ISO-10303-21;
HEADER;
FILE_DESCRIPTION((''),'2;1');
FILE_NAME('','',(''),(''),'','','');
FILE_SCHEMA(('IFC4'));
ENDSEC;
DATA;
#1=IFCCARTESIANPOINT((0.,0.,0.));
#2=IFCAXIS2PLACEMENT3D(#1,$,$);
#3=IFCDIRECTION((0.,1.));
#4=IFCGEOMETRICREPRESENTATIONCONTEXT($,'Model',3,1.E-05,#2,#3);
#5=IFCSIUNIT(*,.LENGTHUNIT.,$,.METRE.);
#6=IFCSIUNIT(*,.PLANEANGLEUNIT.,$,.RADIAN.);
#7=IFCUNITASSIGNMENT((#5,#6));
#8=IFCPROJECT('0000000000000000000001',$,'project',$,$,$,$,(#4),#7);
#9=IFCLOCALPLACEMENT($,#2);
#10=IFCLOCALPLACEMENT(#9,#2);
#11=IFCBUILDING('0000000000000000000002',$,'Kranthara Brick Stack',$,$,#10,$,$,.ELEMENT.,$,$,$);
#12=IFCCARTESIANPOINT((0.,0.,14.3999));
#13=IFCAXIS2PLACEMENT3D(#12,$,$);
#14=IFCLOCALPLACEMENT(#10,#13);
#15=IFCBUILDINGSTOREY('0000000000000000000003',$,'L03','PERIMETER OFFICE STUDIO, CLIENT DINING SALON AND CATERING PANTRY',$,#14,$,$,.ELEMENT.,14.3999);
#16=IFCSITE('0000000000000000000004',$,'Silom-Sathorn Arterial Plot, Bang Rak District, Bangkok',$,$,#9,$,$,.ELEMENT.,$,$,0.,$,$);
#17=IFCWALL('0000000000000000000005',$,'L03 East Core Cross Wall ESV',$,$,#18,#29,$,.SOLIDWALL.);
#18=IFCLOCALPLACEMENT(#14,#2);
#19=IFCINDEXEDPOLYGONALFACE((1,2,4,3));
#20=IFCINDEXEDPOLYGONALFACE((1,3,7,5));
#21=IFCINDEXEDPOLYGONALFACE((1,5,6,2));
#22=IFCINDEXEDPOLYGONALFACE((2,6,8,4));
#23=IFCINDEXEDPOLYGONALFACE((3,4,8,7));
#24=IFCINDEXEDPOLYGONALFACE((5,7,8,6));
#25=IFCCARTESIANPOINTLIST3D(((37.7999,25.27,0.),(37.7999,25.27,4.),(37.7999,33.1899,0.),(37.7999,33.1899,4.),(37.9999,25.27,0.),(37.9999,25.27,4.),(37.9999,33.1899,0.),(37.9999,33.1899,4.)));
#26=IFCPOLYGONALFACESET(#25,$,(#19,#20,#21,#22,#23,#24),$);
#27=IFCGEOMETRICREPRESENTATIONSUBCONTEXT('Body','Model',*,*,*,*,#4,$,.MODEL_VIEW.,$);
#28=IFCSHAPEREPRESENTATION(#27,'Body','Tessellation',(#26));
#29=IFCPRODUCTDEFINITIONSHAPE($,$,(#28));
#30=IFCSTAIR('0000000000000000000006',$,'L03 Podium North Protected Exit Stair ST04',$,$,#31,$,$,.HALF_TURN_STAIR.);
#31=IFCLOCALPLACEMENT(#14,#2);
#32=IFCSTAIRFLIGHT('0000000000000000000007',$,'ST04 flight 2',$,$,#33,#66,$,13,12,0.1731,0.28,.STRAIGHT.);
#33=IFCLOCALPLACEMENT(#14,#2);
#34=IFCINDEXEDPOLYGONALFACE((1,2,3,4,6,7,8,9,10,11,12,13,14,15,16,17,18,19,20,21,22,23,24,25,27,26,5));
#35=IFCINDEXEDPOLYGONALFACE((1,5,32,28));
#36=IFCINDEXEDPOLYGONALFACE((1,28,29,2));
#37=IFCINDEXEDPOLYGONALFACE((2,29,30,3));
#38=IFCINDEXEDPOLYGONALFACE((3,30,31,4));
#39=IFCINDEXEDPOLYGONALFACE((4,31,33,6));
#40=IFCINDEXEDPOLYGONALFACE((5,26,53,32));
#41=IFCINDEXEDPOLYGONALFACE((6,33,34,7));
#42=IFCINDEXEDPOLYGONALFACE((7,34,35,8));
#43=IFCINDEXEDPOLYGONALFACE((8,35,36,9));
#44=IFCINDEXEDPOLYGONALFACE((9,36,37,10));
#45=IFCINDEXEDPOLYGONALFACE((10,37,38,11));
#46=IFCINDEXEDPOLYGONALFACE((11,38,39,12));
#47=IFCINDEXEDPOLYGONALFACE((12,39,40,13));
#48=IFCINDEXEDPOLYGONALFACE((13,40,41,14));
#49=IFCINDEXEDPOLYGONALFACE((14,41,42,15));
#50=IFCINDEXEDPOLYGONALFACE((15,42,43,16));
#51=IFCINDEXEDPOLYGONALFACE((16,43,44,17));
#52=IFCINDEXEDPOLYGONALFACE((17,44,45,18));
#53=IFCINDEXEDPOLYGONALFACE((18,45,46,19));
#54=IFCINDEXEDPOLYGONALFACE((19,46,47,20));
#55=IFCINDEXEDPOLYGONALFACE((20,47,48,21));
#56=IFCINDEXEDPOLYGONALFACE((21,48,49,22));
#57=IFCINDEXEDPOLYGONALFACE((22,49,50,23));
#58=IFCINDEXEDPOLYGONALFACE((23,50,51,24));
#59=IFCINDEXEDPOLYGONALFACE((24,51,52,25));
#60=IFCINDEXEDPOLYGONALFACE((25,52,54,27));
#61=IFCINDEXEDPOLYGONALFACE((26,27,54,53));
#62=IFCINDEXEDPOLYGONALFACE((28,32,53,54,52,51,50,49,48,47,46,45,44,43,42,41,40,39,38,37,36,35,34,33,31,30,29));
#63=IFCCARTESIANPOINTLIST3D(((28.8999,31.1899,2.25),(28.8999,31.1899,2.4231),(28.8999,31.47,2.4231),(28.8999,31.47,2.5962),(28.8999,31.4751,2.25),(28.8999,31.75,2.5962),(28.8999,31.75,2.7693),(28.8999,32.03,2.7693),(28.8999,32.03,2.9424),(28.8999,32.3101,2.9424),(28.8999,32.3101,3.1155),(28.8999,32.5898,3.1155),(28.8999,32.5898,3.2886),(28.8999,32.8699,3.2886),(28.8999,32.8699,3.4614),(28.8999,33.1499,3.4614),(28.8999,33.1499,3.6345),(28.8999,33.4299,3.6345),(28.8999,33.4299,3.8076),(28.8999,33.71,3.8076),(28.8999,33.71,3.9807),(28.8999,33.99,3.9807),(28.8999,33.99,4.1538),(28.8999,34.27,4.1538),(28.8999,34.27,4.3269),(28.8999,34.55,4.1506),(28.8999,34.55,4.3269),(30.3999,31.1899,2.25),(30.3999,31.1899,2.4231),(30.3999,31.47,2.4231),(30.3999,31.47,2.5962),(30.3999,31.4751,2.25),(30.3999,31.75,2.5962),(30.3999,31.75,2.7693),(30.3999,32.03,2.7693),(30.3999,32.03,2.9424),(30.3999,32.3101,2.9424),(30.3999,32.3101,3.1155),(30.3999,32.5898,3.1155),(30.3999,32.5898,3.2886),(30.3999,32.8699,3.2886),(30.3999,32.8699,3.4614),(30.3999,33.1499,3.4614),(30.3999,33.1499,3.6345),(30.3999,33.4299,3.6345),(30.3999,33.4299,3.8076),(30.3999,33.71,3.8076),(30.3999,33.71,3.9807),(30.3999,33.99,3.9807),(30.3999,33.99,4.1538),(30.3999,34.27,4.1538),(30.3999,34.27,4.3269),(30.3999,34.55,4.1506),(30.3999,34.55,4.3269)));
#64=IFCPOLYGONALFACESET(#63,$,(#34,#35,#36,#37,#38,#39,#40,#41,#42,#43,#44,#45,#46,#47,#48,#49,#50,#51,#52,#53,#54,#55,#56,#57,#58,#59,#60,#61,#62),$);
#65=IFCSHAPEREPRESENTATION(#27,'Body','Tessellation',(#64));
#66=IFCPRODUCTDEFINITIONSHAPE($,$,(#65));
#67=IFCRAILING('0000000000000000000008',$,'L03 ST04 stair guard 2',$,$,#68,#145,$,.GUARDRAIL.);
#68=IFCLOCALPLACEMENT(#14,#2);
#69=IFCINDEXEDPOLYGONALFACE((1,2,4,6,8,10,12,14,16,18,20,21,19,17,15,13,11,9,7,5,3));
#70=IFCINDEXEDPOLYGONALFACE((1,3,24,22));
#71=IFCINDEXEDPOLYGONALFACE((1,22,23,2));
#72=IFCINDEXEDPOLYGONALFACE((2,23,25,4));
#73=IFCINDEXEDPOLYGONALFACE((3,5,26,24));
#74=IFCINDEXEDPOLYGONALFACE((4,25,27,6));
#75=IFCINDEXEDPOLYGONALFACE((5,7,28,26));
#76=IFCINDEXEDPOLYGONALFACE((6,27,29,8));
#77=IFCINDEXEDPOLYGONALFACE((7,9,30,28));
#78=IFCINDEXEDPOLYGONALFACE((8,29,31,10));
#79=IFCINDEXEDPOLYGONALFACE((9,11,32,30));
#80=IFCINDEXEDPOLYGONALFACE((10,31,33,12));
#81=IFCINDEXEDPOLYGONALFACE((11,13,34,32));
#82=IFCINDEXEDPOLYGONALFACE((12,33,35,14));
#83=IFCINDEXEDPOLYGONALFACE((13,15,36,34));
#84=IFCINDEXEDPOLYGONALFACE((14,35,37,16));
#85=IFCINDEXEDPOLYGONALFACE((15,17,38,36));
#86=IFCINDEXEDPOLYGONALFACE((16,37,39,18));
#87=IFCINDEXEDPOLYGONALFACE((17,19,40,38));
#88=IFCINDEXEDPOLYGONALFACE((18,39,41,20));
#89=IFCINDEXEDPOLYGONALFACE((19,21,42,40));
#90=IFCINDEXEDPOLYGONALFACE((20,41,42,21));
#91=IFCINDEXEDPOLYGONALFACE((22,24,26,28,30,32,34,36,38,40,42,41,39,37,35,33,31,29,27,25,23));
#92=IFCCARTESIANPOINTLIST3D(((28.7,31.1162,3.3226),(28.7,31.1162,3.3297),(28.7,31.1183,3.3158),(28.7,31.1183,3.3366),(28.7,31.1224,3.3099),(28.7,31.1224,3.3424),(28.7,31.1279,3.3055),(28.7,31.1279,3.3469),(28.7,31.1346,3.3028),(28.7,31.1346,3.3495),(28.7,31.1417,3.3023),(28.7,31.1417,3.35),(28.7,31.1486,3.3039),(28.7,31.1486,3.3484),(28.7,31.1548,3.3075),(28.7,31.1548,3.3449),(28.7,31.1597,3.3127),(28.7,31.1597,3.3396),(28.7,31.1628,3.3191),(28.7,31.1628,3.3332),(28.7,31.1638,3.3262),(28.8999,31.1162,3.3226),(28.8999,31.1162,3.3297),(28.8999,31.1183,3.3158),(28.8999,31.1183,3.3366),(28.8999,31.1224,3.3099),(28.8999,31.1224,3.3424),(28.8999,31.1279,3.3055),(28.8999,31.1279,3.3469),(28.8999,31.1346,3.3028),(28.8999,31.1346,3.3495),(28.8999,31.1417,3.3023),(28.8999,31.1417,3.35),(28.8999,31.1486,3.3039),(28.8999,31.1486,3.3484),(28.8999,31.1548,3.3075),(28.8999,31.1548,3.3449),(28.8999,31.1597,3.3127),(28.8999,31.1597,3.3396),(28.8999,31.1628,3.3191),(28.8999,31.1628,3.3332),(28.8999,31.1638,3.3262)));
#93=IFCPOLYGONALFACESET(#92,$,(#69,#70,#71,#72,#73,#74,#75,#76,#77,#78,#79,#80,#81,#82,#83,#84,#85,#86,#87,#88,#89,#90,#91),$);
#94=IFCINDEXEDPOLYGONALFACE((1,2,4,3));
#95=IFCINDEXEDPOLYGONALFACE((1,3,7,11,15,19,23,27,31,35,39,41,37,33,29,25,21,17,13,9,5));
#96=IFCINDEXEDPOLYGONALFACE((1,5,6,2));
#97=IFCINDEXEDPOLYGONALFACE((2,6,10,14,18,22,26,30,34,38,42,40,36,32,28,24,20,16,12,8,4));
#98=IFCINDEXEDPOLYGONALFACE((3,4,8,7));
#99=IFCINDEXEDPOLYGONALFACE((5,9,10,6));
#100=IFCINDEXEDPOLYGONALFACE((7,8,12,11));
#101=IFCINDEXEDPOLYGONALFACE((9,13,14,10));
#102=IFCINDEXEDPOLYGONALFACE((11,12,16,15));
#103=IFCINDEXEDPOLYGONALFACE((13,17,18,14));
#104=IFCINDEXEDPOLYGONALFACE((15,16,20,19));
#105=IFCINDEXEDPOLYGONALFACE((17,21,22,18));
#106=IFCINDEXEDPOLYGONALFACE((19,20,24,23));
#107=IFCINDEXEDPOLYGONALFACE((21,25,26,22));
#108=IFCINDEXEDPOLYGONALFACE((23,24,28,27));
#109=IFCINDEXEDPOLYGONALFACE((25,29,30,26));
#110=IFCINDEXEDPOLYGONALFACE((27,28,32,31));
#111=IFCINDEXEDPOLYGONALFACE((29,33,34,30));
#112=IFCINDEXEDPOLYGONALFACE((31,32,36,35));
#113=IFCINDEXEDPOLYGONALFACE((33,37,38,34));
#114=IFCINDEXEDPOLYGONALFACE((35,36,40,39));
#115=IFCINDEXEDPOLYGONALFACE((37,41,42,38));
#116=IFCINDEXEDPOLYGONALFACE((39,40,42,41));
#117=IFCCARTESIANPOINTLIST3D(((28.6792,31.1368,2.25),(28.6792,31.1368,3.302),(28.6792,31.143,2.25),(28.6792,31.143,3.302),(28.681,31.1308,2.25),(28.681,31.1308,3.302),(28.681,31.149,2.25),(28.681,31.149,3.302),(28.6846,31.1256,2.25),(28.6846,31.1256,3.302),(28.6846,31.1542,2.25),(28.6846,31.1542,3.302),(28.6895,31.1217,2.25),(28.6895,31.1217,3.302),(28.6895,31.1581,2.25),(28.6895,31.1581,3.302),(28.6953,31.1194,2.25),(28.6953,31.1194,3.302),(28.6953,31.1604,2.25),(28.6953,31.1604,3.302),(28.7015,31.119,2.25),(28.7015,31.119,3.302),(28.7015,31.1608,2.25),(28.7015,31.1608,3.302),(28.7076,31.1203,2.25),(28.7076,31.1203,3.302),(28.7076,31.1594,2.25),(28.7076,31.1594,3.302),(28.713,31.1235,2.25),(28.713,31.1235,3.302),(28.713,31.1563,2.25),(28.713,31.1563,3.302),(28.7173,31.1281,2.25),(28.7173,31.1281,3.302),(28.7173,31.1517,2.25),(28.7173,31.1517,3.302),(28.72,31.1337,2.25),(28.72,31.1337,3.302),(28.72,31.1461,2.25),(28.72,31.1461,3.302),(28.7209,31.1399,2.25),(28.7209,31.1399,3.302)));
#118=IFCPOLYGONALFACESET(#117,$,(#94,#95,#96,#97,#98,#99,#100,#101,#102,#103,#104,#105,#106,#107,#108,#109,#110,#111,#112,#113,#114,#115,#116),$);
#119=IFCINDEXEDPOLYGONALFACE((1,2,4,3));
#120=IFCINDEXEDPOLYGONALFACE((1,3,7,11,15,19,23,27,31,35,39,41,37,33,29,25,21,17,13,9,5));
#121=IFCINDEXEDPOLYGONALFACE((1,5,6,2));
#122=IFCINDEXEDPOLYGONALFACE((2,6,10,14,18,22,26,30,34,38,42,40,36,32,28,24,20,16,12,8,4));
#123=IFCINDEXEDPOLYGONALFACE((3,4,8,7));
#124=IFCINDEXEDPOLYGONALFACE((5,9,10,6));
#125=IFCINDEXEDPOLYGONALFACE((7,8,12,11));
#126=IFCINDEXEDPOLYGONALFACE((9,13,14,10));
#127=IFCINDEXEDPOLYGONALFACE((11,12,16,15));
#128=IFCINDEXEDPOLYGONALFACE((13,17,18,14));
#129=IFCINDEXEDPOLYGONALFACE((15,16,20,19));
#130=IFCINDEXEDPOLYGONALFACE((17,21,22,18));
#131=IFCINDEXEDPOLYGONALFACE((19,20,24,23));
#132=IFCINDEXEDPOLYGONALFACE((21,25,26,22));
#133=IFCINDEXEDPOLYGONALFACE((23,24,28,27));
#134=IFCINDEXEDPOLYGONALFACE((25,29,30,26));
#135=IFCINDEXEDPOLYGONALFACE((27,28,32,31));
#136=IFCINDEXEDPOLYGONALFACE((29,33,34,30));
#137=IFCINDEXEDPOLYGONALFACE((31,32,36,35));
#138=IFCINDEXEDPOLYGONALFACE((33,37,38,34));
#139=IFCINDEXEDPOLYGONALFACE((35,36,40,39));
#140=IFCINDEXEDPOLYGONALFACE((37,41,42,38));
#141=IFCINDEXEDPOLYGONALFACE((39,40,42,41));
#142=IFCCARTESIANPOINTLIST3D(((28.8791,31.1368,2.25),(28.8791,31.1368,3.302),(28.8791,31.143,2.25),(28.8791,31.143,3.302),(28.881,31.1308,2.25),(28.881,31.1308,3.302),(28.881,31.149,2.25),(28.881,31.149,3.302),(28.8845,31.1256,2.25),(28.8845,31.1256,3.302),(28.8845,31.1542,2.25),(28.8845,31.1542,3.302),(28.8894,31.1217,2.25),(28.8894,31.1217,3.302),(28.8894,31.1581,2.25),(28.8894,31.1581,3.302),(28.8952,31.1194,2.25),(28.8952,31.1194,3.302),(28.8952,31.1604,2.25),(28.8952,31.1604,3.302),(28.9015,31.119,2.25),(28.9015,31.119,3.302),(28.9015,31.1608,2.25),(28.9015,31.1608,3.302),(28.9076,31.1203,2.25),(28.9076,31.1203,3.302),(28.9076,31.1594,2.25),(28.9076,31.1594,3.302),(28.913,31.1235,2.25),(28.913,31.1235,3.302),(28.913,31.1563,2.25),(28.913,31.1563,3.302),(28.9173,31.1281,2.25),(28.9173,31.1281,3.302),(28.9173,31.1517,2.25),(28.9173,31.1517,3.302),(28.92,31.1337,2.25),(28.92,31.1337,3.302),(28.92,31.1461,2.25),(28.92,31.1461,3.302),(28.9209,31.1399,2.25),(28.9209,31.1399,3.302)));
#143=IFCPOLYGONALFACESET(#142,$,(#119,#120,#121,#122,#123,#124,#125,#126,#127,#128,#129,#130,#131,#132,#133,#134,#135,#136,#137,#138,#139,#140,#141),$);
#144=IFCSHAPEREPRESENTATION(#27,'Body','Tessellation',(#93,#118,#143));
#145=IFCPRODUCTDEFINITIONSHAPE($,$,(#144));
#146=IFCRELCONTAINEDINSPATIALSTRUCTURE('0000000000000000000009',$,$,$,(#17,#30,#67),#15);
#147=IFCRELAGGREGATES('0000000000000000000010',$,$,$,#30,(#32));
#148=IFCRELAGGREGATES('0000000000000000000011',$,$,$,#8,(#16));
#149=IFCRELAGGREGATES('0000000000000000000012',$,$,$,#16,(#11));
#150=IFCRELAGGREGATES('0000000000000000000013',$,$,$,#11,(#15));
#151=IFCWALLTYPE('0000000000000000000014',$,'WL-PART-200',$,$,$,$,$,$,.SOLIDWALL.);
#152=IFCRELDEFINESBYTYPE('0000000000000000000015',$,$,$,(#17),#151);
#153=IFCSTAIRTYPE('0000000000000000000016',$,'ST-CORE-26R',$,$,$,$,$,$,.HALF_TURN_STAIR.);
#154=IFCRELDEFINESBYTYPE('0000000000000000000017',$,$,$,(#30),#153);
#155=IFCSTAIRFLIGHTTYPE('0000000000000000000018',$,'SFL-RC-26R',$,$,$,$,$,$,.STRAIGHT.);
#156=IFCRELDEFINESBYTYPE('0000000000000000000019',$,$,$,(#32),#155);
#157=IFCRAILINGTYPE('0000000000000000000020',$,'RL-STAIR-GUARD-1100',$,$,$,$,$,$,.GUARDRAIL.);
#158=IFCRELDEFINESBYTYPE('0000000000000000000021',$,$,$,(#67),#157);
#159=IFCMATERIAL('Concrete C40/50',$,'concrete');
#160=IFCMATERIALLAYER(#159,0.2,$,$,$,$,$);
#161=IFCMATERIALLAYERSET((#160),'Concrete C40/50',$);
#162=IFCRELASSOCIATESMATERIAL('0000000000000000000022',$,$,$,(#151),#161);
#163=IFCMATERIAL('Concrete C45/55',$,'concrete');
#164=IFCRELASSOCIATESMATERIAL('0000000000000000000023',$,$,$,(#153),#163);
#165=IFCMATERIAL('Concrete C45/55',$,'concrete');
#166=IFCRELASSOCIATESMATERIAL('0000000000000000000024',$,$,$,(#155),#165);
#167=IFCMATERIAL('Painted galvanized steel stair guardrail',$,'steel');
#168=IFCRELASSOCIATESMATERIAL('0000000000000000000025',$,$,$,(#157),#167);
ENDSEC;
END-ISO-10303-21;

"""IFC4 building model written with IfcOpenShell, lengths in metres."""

from ifc_helpers import new_model, si_unit, direction, frame, frame_2d, origin, origin_2d, place, context, subcontext, project, spatial, polyline, rectangle, circle, outline, extrude, material, layer, layer_set, type_object, element, aggregate, save


model = new_model("IFC4")

# Units and contexts
model_context = context("Model", 3, precision=1e-05, world=origin(), true_north=direction((0.0, 1.0)))
body_context = subcontext(model_context, "Body", "Model", "MODEL_VIEW")
ifc_project = project(units=[si_unit("LENGTHUNIT", "METRE"), si_unit("PLANEANGLEUNIT", "RADIAN")], contexts=[model_context])

# Site, building, storey
site_placement = place(None, origin())
site = spatial("IfcSite", under=ifc_project, at=site_placement, Name="Silom-Sathorn Arterial Plot, Bang Rak District, Bangkok", CompositionType="ELEMENT", RefElevation=0.0)
building_placement = place(site_placement, origin())
building = spatial("IfcBuilding", under=site, at=building_placement, Name="Kranthara Brick Stack", CompositionType="ELEMENT")
storey_placement = place(building_placement, frame((0.0, 0.0, 14.3999)))
storey = spatial("IfcBuildingStorey", under=building, at=storey_placement, Name="L03", Description="PERIMETER OFFICE STUDIO, CLIENT DINING SALON AND CATERING PANTRY", CompositionType="ELEMENT", Elevation=14.3999)

# Wall
ifc_material_1 = material(Name="Concrete C40/50", Category="concrete")
ifc_layer_1 = layer(ifc_material_1, 0.2)
ifc_layer_set_1 = layer_set([ifc_layer_1], Name="Concrete C40/50")
wall_type_1 = type_object("IfcWallType", Name="WL-PART-200", PredefinedType="SOLIDWALL", material=ifc_layer_set_1)
wall_1_placement = place(storey_placement, frame((37.8999, 25.27, 0.0), z_axis=(0.0, 0.0, 1.0), x_axis=(0.0, 1.0, 0.0)))
element("IfcWall", 1, at=wall_1_placement, inside=storey, type_object=wall_type_1, Name="L03 East Core Cross Wall ESV", PredefinedType="SOLIDWALL", context=body_context, shape_type="SweptSolid", body=[
    extrude(rectangle(XDim=7.9199, YDim=0.2, at=frame_2d((3.96, 0.0))), origin(), (0.0, 0.0, 1.0), 4.0),
])

# Stair, stair flight
ifc_material_2 = material(Name="Concrete C45/55", Category="concrete")
stair_type = type_object("IfcStairType", Name="ST-CORE-26R", PredefinedType="HALF_TURN_STAIR", material=ifc_material_2)
stair_placement = place(storey_placement, origin())
stair = element("IfcStair", 2, at=stair_placement, inside=storey, type_object=stair_type, Name="L03 Podium North Protected Exit Stair ST04", PredefinedType="HALF_TURN_STAIR")
ifc_material_3 = material(Name="Concrete C45/55", Category="concrete")
stair_flight_type = type_object("IfcStairFlightType", Name="SFL-RC-26R", PredefinedType="STRAIGHT", material=ifc_material_3)
stair_flight_placement = place(storey_placement, frame((29.6499, 31.1899, 2.25), z_axis=(0.0, 0.0, 1.0), x_axis=(0.0, 1.0, 0.0)))
stair_flight = element("IfcStairFlight", 3, at=stair_flight_placement, type_object=stair_flight_type, Name="ST04 flight 2", NumberOfRisers=13, NumberOfTreads=12, PredefinedType="STRAIGHT", RiserHeight=0.1731, TreadLength=0.28, context=body_context, shape_type="SweptSolid", body=[
    extrude(outline(polyline([(0.0, 0.0), (0.0, 0.1731), (0.28, 0.1731), (0.28, 0.3462), (0.5601, 0.3462), (0.5601, 0.5193), (0.8401, 0.5193), (0.8401, 0.6924), (1.1201, 0.6924), (1.1201, 0.8655), (1.3999, 0.8655), (1.3999, 1.0386), (1.6799, 1.0386), (1.6799, 1.2114), (1.96, 1.2114), (1.96, 1.3845), (2.24, 1.3845), (2.24, 1.5576), (2.52, 1.5576), (2.52, 1.7307), (2.8, 1.7307), (2.8, 1.9038), (3.0801, 1.9038), (3.0801, 2.0769), (3.3601, 2.0769), (3.3601, 2.25), (3.3601, 1.9006), (0.2852, 0.0), (0.0, 0.0)])), frame((0.0, 0.75, 0.0), z_axis=(0.0, -1.0, 0.0), x_axis=(1.0, 0.0, 0.0)), (0.0, 0.0, 1.0), 1.5),
])
aggregate(stair, [stair_flight])

# Railing
ifc_material_4 = material(Name="Painted galvanized steel stair guardrail", Category="steel")
railing_type_1 = type_object("IfcRailingType", Name="RL-STAIR-GUARD-1100", PredefinedType="GUARDRAIL", material=ifc_material_4)
railing_1_placement = place(storey_placement, frame((28.7, 31.1399, 2.25)))
element("IfcRailing", 4, at=railing_1_placement, inside=storey, type_object=railing_type_1, Name="L03 ST04 stair guard 2", PredefinedType="GUARDRAIL", context=body_context, shape_type="SweptSolid", body=[
    extrude(circle(Radius=0.0239, at=origin_2d()), frame((0.0, 0.0, 1.0762), z_axis=(1.0, 0.0, 0.0), x_axis=(0.0, 1.0, 0.0)), (0.0, 0.0, 1.0), 0.2),
    extrude(circle(Radius=0.021, at=origin_2d()), origin(), (0.0, 0.0, 1.0), 1.052),
    extrude(circle(Radius=0.021, at=origin_2d()), frame((0.2, 0.0, 0.0)), (0.0, 0.0, 1.0), 1.052),
])

save(model, "model.ifc")
